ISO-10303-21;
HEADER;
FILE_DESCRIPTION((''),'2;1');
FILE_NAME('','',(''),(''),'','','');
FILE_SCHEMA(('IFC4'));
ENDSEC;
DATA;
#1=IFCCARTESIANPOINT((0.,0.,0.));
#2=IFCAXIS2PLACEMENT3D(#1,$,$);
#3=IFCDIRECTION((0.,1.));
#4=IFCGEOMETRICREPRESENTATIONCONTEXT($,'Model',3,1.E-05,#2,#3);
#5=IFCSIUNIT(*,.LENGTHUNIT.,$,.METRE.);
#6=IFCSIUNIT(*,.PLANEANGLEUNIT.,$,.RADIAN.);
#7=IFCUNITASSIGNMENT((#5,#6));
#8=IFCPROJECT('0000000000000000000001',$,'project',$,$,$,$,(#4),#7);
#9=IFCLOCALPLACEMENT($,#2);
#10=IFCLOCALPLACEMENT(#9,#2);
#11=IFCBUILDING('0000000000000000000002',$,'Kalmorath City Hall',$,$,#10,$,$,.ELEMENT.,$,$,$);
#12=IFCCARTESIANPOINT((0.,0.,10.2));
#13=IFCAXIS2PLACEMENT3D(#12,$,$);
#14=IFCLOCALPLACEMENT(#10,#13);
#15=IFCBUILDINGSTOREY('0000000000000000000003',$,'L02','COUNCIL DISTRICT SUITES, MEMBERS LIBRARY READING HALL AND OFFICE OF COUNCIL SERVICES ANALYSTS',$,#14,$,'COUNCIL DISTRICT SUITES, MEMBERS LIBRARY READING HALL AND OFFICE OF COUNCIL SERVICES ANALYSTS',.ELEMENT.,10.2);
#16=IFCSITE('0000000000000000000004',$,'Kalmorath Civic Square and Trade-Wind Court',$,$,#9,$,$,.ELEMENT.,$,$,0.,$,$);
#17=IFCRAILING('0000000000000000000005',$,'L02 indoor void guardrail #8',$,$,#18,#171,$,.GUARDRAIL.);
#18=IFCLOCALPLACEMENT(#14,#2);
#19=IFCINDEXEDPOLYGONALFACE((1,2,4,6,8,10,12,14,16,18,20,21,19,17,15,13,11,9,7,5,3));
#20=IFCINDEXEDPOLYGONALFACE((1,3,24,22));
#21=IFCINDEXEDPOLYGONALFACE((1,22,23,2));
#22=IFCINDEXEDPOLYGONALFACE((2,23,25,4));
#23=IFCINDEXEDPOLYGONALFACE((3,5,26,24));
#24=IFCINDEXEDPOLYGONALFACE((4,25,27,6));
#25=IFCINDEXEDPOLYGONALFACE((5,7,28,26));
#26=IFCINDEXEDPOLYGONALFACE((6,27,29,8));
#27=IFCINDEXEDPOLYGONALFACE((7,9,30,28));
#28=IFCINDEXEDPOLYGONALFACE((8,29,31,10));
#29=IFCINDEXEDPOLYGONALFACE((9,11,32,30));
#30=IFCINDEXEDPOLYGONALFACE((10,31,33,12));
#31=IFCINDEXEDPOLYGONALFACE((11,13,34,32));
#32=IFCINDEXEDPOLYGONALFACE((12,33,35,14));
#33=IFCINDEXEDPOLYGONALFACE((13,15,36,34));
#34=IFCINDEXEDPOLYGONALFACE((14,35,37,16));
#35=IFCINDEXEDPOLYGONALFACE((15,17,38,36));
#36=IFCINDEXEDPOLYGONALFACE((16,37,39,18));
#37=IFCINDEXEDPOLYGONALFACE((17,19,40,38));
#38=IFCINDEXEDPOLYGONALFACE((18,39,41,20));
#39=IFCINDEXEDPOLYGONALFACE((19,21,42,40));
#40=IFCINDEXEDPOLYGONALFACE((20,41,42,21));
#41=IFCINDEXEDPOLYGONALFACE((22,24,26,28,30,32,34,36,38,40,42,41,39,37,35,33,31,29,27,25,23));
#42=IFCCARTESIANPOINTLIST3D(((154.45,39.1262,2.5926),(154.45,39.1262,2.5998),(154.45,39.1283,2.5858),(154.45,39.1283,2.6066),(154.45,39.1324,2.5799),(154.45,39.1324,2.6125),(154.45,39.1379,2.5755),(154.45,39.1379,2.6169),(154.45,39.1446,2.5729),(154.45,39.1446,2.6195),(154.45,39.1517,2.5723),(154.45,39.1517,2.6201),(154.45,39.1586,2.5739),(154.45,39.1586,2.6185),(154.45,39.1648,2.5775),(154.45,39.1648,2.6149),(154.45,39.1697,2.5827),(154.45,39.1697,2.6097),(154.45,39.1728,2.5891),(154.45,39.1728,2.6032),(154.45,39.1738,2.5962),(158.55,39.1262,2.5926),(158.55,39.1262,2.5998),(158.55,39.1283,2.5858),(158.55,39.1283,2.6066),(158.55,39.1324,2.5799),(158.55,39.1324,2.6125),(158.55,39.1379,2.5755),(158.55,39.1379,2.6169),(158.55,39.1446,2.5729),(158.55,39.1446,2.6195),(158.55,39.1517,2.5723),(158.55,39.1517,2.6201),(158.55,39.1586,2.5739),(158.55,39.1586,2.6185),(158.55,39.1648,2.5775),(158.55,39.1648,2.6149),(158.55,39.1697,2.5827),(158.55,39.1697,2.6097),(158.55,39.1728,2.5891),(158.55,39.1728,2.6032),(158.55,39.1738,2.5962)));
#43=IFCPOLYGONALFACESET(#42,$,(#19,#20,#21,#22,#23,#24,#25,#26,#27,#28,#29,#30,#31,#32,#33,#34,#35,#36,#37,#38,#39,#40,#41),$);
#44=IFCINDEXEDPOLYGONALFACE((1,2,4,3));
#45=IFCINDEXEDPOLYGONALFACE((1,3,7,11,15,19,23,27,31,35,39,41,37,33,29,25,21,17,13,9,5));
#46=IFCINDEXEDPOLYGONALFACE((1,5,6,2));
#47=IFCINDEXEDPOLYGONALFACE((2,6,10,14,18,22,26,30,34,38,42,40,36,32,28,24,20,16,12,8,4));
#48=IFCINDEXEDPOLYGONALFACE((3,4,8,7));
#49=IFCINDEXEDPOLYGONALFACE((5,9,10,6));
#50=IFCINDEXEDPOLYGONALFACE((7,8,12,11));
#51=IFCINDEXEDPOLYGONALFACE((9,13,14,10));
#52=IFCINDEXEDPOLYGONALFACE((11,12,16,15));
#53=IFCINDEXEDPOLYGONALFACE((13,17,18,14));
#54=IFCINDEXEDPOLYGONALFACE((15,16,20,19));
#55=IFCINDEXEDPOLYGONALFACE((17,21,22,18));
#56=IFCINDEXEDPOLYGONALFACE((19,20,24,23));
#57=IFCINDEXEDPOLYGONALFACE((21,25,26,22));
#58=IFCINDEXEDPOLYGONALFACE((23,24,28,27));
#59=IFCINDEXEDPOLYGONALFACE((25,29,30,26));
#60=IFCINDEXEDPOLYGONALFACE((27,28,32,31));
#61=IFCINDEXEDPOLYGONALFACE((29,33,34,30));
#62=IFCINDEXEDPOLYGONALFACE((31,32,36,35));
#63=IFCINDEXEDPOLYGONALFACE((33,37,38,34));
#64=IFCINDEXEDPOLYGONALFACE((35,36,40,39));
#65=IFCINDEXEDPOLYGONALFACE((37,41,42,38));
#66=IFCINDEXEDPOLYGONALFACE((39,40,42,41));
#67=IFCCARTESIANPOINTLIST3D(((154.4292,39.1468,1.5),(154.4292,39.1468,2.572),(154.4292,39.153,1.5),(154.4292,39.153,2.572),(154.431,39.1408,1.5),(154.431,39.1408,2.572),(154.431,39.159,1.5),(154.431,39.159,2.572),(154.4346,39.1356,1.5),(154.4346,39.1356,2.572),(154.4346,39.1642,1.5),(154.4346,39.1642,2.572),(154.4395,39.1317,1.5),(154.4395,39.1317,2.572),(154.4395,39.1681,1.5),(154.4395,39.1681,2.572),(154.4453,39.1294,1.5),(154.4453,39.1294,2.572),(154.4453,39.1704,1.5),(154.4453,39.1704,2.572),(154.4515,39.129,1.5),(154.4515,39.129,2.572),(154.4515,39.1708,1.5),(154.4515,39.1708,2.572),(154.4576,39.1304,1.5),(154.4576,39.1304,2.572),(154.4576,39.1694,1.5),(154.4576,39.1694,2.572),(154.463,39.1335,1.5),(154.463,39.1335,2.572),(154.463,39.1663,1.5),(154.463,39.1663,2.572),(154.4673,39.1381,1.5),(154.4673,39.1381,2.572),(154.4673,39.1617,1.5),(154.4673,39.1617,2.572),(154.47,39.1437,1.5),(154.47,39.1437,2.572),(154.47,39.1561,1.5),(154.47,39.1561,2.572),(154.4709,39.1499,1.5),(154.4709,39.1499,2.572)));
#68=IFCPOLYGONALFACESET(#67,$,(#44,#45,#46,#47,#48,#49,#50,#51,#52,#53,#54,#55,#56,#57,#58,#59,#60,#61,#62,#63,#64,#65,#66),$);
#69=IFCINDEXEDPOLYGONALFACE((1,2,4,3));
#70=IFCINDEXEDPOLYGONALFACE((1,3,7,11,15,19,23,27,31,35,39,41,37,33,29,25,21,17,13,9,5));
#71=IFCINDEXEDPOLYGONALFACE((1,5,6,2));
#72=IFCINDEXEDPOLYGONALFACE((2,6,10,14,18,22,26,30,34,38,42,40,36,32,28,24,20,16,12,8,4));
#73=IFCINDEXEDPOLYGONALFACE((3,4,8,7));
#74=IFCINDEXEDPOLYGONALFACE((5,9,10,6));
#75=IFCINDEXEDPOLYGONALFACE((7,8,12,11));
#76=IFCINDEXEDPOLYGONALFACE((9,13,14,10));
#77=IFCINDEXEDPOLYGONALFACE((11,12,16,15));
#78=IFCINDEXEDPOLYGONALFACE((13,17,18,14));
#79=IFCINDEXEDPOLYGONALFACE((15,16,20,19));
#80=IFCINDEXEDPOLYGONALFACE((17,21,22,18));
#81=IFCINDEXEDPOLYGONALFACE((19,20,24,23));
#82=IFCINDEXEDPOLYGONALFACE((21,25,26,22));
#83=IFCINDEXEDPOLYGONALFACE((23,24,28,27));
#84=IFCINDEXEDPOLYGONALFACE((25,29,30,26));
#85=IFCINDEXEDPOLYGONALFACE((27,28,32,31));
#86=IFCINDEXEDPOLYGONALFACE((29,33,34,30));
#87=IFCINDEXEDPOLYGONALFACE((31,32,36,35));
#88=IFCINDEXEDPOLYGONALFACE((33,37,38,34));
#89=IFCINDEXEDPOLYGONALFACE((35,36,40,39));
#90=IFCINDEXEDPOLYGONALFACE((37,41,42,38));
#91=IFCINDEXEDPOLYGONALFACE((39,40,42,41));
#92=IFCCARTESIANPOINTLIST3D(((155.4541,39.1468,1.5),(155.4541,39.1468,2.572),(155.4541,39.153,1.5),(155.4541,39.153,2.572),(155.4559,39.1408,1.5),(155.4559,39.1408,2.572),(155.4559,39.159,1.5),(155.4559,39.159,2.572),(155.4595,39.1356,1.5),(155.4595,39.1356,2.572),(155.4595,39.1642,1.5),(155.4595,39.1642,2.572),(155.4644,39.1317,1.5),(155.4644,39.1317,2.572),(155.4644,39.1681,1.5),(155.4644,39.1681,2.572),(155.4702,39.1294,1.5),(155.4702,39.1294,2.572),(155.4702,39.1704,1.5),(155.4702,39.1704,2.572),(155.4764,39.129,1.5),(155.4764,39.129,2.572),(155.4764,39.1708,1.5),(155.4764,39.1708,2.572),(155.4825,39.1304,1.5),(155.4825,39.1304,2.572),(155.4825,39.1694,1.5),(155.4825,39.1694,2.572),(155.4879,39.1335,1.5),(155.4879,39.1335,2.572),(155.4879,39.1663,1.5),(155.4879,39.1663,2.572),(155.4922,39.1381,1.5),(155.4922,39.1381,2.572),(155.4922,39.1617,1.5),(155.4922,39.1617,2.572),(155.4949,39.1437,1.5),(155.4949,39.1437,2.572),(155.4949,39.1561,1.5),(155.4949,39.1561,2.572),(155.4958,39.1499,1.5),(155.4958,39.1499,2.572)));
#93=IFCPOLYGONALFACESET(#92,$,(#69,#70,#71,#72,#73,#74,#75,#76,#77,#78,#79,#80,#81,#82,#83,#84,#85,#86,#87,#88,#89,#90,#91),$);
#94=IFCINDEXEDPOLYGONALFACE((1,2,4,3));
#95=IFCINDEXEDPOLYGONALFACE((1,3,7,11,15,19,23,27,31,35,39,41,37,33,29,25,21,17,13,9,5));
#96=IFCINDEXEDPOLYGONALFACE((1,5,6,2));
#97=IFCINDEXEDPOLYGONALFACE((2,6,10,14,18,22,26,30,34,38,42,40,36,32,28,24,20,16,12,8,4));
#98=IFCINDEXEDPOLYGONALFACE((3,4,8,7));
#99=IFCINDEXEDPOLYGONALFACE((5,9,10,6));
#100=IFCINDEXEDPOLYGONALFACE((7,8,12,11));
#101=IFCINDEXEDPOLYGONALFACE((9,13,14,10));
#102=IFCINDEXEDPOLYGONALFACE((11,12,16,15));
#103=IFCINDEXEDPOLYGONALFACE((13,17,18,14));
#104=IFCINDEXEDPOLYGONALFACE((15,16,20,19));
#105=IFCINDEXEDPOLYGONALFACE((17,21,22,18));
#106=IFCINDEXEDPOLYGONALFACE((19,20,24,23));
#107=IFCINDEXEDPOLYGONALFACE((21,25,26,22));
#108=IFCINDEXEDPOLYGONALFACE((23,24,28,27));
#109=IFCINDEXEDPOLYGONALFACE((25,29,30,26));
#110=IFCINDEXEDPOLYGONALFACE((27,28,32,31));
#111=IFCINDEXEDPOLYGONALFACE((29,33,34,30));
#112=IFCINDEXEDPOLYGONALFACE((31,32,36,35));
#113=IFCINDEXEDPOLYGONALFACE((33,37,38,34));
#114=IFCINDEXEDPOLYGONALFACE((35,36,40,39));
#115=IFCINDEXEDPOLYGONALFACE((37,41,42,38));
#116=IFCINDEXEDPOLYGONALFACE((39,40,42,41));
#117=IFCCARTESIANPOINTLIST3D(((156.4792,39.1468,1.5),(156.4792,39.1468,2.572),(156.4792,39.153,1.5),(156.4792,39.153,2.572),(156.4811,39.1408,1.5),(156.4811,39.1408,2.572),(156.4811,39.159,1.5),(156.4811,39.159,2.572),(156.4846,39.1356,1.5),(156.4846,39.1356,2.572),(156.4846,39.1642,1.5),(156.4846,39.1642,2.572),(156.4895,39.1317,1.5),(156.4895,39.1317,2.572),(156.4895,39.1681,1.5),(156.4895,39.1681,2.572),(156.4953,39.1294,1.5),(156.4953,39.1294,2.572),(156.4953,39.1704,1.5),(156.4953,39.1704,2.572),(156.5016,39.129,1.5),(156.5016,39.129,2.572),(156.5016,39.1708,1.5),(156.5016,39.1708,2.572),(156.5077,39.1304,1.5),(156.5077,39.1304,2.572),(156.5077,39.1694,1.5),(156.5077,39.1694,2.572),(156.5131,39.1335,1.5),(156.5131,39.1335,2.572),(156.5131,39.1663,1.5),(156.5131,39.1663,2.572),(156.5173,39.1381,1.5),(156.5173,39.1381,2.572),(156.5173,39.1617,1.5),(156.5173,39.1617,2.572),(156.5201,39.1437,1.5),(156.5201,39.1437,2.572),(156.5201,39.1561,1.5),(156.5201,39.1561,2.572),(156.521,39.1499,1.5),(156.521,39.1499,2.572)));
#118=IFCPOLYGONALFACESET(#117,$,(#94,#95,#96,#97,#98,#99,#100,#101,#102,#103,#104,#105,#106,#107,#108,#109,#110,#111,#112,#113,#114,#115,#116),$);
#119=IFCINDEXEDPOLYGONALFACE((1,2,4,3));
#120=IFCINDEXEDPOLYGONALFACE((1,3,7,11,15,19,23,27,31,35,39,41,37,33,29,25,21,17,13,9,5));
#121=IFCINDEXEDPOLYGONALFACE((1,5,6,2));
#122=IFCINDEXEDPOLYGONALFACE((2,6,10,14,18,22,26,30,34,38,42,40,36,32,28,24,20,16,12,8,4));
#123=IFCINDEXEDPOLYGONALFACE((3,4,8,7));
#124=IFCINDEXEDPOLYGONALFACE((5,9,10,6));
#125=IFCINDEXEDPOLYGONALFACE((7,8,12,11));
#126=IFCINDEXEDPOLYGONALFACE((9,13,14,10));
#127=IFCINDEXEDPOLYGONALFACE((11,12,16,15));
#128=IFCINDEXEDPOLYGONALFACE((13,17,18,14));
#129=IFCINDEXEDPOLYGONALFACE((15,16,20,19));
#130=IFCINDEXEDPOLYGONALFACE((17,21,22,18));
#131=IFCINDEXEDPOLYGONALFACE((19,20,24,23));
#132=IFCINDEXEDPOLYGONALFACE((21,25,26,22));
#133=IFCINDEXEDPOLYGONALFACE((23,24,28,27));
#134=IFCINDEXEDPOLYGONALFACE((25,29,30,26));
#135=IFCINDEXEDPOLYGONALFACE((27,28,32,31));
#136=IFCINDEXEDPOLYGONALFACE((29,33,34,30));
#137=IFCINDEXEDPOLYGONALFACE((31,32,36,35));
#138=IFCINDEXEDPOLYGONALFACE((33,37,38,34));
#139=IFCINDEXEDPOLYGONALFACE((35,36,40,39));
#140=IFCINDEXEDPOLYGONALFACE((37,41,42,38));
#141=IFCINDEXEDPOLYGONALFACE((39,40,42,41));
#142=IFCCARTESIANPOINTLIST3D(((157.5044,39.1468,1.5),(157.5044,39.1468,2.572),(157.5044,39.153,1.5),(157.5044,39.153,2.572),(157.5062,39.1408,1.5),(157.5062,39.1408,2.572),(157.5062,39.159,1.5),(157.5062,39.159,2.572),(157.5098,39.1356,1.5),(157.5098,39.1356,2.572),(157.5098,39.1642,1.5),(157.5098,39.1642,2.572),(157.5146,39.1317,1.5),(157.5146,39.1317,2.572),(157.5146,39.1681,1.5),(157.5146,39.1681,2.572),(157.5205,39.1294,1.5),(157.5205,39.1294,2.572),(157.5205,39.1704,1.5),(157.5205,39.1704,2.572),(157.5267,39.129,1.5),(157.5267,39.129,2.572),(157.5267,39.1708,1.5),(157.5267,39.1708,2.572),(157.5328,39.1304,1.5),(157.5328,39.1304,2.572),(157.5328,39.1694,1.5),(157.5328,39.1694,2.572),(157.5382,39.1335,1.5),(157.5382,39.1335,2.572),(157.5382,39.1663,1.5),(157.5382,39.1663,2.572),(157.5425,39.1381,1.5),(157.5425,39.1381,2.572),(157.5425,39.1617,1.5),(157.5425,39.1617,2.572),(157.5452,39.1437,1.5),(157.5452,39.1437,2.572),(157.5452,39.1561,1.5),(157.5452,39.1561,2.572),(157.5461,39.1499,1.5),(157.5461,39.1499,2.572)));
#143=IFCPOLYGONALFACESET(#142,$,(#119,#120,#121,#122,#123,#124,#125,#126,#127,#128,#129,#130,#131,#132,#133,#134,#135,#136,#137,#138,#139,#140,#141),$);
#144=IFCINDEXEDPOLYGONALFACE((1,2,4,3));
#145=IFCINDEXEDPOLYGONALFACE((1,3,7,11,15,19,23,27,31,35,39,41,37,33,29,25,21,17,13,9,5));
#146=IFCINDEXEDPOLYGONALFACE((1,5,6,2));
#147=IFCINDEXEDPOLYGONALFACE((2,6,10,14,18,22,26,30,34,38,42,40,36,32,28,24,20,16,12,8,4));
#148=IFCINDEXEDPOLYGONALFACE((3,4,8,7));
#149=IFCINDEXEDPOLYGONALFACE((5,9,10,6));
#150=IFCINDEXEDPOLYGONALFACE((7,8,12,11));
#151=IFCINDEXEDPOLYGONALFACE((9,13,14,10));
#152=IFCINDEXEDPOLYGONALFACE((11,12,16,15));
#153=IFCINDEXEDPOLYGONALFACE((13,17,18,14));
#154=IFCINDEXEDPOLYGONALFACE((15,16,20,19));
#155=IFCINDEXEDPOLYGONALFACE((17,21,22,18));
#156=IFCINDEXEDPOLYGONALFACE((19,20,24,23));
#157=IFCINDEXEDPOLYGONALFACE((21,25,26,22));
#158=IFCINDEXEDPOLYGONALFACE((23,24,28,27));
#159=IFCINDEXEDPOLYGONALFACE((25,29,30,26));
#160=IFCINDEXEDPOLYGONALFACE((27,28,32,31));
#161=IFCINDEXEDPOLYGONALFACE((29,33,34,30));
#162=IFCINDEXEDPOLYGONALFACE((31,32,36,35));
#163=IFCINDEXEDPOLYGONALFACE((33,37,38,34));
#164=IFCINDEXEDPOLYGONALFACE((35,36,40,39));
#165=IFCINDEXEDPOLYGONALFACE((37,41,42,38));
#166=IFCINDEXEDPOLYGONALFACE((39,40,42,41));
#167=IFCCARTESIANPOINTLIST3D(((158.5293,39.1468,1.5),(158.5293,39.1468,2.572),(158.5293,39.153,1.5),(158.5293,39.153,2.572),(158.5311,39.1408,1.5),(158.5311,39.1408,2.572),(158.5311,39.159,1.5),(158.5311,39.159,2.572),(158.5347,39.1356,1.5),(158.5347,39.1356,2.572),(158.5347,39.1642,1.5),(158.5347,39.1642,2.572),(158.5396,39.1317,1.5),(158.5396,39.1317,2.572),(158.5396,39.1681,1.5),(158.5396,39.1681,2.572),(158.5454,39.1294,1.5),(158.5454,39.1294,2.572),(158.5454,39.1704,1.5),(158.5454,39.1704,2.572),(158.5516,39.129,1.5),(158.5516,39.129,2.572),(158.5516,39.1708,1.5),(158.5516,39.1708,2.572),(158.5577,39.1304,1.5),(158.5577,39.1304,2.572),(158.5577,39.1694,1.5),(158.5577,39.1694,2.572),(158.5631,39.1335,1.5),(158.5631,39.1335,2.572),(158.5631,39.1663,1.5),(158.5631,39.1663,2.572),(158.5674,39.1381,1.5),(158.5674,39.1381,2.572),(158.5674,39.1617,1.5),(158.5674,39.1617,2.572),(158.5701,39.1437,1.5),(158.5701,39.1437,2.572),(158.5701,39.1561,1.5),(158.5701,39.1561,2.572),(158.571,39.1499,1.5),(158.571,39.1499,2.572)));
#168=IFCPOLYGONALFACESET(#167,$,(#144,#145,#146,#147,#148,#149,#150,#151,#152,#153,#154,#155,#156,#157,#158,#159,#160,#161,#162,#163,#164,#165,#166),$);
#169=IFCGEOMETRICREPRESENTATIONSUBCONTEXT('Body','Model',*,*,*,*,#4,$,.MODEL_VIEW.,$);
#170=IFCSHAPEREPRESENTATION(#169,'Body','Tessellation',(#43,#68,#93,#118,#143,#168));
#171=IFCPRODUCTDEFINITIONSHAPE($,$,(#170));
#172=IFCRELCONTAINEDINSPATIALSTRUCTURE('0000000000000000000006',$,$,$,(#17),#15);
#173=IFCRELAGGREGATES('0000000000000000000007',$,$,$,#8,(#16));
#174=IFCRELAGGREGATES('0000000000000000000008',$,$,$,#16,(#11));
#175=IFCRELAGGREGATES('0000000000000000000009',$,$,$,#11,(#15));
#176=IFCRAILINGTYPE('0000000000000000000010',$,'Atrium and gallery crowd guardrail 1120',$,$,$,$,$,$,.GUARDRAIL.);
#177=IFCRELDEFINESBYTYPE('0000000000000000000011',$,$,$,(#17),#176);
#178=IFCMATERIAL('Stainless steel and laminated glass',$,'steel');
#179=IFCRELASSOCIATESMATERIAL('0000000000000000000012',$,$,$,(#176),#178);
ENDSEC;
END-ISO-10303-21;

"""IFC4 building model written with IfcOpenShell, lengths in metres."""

from ifc_helpers import new_model, si_unit, direction, frame, origin, origin_2d, place, context, subcontext, project, spatial, circle, extrude, material, type_object, element, save


model = new_model("IFC4")

# Units and contexts
model_context = context("Model", 3, precision=1e-05, world=origin(), true_north=direction((0.0, 1.0)))
body_context = subcontext(model_context, "Body", "Model", "MODEL_VIEW")
ifc_project = project(units=[si_unit("LENGTHUNIT", "METRE"), si_unit("PLANEANGLEUNIT", "RADIAN")], contexts=[model_context])

# Site, building, storey
site_placement = place(None, origin())
site = spatial("IfcSite", under=ifc_project, at=site_placement, Name="Kalmorath Civic Square and Trade-Wind Court", CompositionType="ELEMENT", RefElevation=0.0)
building_placement = place(site_placement, origin())
building = spatial("IfcBuilding", under=site, at=building_placement, Name="Kalmorath City Hall", CompositionType="ELEMENT")
storey_placement = place(building_placement, frame((0.0, 0.0, 10.2)))
storey = spatial("IfcBuildingStorey", under=building, at=storey_placement, Name="L02", Description="COUNCIL DISTRICT SUITES, MEMBERS LIBRARY READING HALL AND OFFICE OF COUNCIL SERVICES ANALYSTS", LongName="COUNCIL DISTRICT SUITES, MEMBERS LIBRARY READING HALL AND OFFICE OF COUNCIL SERVICES ANALYSTS", CompositionType="ELEMENT", Elevation=10.2)

# Railing
ifc_material_1 = material(Name="Stainless steel and laminated glass", Category="steel")
railing_type_1 = type_object("IfcRailingType", Name="Atrium and gallery crowd guardrail 1120", PredefinedType="GUARDRAIL", material=ifc_material_1)
railing_placement = place(storey_placement, frame((154.45, 39.1499, 1.5)))
element("IfcRailing", 1, at=railing_placement, inside=storey, type_object=railing_type_1, Name="L02 indoor void guardrail #8", PredefinedType="GUARDRAIL", context=body_context, shape_type="SweptSolid", body=[
    extrude(circle(Radius=0.0239, at=origin_2d()), frame((0.0, 0.0, 1.0962), z_axis=(1.0, 0.0, 0.0), x_axis=(0.0, 1.0, 0.0)), (0.0, 0.0, 1.0), 4.1001),
    extrude(circle(Radius=0.021, at=origin_2d()), origin(), (0.0, 0.0, 1.0), 1.072),
    extrude(circle(Radius=0.021, at=origin_2d()), frame((1.0249, 0.0, 0.0)), (0.0, 0.0, 1.0), 1.072),
    extrude(circle(Radius=0.021, at=origin_2d()), frame((2.05, 0.0, 0.0)), (0.0, 0.0, 1.0), 1.072),
    extrude(circle(Radius=0.021, at=origin_2d()), frame((3.0752, 0.0, 0.0)), (0.0, 0.0, 1.0), 1.072),
    extrude(circle(Radius=0.021, at=origin_2d()), frame((4.1001, 0.0, 0.0)), (0.0, 0.0, 1.0), 1.072),
])

save(model, "model.ifc")
